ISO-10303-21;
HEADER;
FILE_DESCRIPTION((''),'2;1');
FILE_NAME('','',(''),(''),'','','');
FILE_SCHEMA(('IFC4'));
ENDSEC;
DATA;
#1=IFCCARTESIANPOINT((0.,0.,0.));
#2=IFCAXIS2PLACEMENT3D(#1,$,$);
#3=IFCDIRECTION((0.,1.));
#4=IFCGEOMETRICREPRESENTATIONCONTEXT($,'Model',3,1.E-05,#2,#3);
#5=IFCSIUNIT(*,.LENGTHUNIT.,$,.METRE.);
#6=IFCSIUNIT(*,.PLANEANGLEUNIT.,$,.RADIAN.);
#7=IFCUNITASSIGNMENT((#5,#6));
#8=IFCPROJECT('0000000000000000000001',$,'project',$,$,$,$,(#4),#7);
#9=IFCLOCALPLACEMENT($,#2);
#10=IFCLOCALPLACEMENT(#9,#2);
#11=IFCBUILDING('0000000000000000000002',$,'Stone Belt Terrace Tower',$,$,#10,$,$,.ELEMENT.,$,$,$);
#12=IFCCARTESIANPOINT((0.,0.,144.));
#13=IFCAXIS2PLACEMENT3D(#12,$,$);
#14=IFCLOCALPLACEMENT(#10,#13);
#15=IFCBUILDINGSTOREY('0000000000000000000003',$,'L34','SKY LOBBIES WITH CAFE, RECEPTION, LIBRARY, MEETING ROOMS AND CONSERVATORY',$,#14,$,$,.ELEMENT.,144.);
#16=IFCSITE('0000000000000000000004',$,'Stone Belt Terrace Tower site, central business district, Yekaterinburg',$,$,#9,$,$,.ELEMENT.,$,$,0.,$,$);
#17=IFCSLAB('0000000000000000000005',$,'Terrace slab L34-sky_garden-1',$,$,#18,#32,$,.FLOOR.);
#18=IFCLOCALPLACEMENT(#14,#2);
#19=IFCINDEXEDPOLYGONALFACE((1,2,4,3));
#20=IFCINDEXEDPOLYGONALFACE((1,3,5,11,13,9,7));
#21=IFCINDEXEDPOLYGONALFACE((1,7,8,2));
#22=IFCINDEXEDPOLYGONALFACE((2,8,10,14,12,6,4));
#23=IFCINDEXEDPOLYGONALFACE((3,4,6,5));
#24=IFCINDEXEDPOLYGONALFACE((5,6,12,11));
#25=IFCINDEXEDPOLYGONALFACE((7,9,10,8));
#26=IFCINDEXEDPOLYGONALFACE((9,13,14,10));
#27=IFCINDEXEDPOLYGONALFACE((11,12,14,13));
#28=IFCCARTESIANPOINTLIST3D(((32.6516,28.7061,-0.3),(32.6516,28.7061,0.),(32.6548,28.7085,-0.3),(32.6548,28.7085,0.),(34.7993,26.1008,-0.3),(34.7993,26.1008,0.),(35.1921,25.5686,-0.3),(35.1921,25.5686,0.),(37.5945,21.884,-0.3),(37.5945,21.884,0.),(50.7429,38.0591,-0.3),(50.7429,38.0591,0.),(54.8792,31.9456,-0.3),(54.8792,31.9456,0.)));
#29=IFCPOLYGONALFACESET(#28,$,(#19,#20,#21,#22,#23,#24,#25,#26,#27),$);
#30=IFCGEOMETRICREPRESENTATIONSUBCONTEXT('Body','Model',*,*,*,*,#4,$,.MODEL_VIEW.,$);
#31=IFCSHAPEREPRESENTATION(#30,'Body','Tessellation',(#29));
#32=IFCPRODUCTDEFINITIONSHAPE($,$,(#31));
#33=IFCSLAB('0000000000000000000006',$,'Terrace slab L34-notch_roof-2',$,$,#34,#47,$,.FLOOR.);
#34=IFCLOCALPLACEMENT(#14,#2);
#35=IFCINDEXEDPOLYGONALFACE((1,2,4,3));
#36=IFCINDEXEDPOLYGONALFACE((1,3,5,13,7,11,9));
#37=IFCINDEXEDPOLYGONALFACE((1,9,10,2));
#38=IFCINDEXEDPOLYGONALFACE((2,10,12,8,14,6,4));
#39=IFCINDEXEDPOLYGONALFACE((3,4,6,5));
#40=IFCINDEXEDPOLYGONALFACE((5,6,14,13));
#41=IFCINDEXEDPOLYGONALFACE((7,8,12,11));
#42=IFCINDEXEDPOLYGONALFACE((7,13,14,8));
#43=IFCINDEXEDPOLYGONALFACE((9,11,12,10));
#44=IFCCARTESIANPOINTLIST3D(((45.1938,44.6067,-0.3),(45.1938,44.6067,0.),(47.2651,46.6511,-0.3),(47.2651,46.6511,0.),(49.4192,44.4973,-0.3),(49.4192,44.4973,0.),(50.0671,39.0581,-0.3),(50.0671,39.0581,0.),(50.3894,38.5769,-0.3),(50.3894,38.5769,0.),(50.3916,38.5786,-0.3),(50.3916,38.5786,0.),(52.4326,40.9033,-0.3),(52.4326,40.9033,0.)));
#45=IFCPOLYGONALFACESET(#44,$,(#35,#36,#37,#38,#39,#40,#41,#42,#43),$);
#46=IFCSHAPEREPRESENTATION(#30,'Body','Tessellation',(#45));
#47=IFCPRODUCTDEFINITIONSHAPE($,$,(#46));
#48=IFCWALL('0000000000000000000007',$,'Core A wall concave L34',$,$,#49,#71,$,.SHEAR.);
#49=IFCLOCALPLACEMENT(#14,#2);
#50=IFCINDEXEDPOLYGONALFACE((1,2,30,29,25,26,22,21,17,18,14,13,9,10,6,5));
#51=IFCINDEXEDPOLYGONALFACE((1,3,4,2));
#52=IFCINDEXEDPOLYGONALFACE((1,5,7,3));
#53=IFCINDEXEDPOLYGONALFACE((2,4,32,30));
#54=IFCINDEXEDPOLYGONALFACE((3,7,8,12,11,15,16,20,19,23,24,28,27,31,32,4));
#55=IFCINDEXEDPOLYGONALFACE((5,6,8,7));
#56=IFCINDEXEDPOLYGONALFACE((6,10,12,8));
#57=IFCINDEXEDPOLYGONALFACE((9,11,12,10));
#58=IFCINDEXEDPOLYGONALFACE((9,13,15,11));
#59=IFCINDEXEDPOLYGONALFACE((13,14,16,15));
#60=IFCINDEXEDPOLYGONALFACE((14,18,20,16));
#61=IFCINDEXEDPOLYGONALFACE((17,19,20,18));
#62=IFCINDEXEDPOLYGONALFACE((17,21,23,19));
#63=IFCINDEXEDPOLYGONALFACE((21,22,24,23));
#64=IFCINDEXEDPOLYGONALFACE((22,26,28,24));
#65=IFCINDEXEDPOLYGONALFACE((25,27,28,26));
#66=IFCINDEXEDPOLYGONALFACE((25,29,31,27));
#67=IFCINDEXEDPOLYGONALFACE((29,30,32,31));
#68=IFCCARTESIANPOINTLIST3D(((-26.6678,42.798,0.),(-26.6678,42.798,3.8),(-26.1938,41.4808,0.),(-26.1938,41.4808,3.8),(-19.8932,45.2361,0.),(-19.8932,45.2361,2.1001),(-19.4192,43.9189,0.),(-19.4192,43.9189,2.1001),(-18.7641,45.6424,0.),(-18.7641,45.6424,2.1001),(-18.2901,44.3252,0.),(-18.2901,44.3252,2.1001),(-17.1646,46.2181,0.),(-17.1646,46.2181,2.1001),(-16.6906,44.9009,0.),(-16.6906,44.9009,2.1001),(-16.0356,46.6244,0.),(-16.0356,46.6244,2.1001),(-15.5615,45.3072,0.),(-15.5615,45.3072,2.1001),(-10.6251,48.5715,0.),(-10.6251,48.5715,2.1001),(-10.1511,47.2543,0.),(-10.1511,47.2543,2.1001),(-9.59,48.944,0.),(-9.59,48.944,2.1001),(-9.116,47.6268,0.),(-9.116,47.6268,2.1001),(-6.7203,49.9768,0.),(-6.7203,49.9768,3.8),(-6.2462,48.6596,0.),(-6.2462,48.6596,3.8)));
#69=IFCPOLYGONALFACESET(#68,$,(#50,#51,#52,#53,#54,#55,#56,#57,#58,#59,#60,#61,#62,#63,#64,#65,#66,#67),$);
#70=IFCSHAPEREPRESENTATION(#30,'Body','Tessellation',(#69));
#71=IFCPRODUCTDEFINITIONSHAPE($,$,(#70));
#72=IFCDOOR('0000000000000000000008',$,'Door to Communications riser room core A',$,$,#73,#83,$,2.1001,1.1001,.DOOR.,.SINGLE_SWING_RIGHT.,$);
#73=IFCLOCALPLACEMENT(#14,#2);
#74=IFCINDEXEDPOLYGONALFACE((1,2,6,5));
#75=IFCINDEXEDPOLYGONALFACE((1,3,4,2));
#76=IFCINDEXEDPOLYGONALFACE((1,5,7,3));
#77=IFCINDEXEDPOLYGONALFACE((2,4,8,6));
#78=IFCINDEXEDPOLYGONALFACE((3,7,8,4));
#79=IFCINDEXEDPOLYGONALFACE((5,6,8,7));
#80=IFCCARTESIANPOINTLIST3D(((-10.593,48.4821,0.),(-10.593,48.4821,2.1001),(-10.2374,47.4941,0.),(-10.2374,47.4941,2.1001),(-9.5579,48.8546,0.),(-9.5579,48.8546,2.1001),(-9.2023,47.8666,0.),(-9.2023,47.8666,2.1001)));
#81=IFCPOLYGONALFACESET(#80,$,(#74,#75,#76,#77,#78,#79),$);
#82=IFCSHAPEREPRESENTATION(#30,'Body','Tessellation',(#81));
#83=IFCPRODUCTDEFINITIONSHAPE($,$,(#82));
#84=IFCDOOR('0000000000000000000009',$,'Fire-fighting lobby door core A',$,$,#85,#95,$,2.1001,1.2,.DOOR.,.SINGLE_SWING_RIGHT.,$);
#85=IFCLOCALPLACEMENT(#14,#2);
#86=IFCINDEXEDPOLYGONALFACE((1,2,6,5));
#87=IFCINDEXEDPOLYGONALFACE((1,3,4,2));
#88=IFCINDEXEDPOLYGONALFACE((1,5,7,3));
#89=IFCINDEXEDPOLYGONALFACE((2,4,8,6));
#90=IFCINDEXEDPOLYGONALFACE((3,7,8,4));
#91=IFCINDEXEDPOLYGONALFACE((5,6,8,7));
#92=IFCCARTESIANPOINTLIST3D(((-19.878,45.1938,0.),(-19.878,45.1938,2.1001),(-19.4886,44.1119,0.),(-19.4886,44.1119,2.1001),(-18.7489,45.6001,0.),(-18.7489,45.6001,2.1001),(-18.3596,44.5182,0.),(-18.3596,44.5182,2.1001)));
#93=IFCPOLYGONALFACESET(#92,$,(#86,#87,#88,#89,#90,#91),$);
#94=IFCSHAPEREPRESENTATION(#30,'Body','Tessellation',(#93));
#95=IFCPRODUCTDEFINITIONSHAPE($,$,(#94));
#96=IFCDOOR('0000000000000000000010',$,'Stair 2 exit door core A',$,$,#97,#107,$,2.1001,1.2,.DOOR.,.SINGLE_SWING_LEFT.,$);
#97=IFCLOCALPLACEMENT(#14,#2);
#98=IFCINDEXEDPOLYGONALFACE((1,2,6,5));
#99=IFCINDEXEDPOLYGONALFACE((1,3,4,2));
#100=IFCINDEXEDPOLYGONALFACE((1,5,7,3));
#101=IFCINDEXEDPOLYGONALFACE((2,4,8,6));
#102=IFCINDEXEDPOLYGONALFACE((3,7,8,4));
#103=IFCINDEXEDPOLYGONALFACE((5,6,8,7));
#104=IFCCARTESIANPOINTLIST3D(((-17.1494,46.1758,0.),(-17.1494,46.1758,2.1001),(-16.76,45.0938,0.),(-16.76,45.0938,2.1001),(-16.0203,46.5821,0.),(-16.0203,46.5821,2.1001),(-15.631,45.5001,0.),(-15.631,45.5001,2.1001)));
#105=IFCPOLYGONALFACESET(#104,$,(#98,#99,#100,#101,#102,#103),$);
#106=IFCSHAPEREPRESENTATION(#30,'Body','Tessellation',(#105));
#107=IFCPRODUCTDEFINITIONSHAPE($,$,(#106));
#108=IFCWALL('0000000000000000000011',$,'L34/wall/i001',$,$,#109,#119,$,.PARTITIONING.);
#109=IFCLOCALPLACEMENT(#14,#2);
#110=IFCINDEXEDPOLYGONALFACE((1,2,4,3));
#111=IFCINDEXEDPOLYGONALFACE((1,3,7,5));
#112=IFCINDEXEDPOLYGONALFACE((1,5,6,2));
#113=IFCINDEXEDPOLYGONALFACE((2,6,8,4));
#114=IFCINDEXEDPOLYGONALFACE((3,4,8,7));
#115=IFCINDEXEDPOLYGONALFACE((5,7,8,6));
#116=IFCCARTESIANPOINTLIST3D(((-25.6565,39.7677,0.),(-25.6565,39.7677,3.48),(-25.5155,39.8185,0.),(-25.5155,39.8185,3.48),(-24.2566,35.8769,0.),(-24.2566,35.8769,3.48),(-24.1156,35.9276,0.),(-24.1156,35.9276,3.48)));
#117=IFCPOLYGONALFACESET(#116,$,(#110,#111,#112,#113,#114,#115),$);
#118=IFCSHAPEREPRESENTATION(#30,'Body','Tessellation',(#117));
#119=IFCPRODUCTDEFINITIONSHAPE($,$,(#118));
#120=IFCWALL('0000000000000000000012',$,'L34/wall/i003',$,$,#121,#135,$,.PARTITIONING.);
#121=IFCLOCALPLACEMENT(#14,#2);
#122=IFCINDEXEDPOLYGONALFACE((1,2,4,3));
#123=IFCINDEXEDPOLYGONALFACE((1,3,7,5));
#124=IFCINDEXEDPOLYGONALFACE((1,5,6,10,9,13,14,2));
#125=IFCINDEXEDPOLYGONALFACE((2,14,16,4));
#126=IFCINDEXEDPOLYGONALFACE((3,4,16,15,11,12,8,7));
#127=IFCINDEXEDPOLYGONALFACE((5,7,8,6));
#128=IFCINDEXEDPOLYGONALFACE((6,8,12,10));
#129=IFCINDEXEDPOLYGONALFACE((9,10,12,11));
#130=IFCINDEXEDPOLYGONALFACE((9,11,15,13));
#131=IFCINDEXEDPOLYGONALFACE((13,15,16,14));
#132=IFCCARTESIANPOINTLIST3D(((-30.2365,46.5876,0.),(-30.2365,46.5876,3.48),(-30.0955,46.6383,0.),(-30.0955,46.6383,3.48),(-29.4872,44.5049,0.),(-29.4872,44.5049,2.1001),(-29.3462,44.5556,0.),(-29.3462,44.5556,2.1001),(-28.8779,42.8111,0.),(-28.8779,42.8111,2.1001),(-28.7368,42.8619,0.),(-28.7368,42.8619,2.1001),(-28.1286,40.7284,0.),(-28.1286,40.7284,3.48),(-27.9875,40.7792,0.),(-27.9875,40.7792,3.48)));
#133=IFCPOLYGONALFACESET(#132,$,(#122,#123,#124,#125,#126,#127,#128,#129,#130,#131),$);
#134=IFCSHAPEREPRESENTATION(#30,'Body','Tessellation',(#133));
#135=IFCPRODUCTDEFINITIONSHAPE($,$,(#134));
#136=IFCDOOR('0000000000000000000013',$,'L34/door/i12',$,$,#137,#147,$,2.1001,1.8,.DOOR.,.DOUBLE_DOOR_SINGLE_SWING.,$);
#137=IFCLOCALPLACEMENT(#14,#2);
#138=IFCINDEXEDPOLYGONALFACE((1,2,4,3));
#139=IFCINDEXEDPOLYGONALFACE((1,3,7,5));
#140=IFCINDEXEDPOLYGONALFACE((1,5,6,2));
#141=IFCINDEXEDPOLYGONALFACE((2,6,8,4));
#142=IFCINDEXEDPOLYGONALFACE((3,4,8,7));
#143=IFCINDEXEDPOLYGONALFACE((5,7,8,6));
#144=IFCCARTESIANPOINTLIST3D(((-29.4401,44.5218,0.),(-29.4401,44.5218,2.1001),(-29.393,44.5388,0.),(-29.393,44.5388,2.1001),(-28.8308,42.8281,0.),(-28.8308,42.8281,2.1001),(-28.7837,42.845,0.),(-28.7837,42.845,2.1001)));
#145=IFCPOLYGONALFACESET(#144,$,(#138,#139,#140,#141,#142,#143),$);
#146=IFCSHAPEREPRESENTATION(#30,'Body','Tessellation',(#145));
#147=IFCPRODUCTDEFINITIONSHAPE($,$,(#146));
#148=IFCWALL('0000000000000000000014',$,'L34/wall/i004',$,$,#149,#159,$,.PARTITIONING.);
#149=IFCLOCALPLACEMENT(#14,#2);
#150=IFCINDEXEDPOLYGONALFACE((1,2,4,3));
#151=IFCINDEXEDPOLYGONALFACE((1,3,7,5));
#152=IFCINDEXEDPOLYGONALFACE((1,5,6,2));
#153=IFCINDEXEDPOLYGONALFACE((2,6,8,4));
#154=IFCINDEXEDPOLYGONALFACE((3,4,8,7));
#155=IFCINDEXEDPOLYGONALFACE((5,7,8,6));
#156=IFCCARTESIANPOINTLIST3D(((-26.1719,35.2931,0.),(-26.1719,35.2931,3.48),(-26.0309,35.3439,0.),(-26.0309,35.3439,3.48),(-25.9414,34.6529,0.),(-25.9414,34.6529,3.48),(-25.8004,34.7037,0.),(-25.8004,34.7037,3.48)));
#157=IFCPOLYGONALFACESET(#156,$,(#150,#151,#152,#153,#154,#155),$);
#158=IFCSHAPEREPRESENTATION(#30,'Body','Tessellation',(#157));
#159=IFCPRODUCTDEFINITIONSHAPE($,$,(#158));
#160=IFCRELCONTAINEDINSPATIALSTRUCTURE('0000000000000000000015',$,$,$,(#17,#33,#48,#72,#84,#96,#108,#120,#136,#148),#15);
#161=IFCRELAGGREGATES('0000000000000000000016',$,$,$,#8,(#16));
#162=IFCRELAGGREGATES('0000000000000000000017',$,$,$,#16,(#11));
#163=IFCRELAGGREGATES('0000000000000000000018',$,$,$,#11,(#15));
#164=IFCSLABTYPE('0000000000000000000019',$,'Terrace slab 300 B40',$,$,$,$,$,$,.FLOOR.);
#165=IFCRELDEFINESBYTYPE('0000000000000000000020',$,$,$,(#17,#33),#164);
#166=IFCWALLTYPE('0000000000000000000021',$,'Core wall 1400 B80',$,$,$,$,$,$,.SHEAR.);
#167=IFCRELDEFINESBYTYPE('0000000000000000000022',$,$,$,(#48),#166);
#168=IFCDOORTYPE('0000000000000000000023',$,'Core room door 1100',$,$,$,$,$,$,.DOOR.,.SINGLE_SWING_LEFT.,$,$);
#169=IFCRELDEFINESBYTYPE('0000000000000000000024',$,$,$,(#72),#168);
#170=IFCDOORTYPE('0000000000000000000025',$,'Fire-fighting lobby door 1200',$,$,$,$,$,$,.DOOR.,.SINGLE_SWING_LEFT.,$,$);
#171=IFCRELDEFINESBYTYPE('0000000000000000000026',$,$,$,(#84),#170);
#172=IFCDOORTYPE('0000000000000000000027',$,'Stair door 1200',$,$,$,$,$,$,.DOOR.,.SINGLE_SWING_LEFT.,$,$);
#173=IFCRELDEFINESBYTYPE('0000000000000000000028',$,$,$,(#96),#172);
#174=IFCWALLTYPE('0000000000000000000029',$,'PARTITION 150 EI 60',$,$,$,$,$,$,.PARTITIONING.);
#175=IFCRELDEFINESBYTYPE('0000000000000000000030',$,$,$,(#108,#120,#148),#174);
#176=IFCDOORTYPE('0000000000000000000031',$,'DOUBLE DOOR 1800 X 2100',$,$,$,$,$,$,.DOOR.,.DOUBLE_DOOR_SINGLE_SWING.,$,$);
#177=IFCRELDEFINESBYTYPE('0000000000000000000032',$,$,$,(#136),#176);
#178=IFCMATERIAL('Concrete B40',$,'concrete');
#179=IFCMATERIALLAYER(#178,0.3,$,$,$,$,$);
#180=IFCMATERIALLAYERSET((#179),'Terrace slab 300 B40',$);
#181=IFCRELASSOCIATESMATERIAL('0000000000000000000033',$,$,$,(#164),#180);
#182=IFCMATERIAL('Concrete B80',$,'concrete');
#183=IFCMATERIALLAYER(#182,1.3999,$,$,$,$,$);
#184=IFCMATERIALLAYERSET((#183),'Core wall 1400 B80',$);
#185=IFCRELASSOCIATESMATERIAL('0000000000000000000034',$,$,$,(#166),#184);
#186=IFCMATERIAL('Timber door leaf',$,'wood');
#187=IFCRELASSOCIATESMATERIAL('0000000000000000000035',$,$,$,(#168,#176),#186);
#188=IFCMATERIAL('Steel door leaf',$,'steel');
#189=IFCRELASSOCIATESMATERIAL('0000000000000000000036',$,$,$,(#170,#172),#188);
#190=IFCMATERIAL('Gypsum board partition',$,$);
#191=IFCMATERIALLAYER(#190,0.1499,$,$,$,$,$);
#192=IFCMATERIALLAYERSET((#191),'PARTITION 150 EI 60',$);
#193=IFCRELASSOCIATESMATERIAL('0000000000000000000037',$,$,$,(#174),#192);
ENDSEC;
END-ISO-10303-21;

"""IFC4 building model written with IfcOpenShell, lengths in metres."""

from ifc_helpers import new_model, si_unit, direction, frame, frame_2d, origin, place, context, subcontext, project, spatial, polyline, rectangle, outline, extrude, material, layer, layer_set, type_object, element, fill, save


model = new_model("IFC4")

# Units and contexts
model_context = context("Model", 3, precision=1e-05, world=origin(), true_north=direction((0.0, 1.0)))
body_context = subcontext(model_context, "Body", "Model", "MODEL_VIEW")
ifc_project = project(units=[si_unit("LENGTHUNIT", "METRE"), si_unit("PLANEANGLEUNIT", "RADIAN")], contexts=[model_context])

# Site, building, storey
site_placement = place(None, origin())
site = spatial("IfcSite", under=ifc_project, at=site_placement, Name="Stone Belt Terrace Tower site, central business district, Yekaterinburg", CompositionType="ELEMENT", RefElevation=0.0)
building_placement = place(site_placement, origin())
building = spatial("IfcBuilding", under=site, at=building_placement, Name="Stone Belt Terrace Tower", CompositionType="ELEMENT")
storey_placement = place(building_placement, frame((0.0, 0.0, 144.0)))
storey = spatial("IfcBuildingStorey", under=building, at=storey_placement, Name="L34", Description="SKY LOBBIES WITH CAFE, RECEPTION, LIBRARY, MEETING ROOMS AND CONSERVATORY", CompositionType="ELEMENT", Elevation=144.0)

# Shared definitions
ifc_material_1 = material(Name="Concrete B80", Category="concrete")

# Slabs
ifc_material_2 = material(Name="Concrete B40", Category="concrete")
ifc_layer_1 = layer(ifc_material_2, 0.3)
ifc_layer_set_1 = layer_set([ifc_layer_1], Name="Terrace slab 300 B40")
slab_type_1 = type_object("IfcSlabType", Name="Terrace slab 300 B40", PredefinedType="FLOOR", material=ifc_layer_set_1)
slab_1_placement = place(storey_placement, frame((0.0, 0.0, -0.3)))
element("IfcSlab", 1, at=slab_1_placement, inside=storey, type_object=slab_type_1, Name="Terrace slab L34-sky_garden-1", PredefinedType="FLOOR", context=body_context, shape_type="SweptSolid", body=[
    extrude(outline(polyline([(37.5945, 21.884), (54.8792, 31.9456), (50.7429, 38.0591), (34.7993, 26.1008), (32.6548, 28.7085), (32.6516, 28.7061), (35.1921, 25.5686), (37.5945, 21.884)])), origin(), (0.0, 0.0, 1.0), 0.3),
])
slab_2_placement = place(storey_placement, frame((0.0, 0.0, -0.3)))
element("IfcSlab", 2, at=slab_2_placement, inside=storey, type_object=slab_type_1, Name="Terrace slab L34-notch_roof-2", PredefinedType="FLOOR", context=body_context, shape_type="SweptSolid", body=[
    extrude(outline(polyline([(49.4192, 44.4973), (47.2651, 46.6511), (45.1938, 44.6067), (50.3894, 38.5769), (50.3916, 38.5786), (50.0671, 39.0581), (52.4326, 40.9033), (49.4192, 44.4973)])), origin(), (0.0, 0.0, 1.0), 0.3),
])

# Wall, openings, doors
ifc_layer_2 = layer(ifc_material_1, 1.3999)
ifc_layer_set_2 = layer_set([ifc_layer_2], Name="Core wall 1400 B80")
wall_type_1 = type_object("IfcWallType", Name="Core wall 1400 B80", PredefinedType="SHEAR", material=ifc_layer_set_2)
wall_1_placement = place(storey_placement, frame((-26.4309, 42.1394, 0.0), z_axis=(0.0, 0.0, 1.0), x_axis=(0.940923, 0.33862, 0.0)))
wall_1 = element("IfcWall", 3, at=wall_1_placement, inside=storey, type_object=wall_type_1, Name="Core A wall concave L34", PredefinedType="SHEAR", context=body_context, shape_type="SweptSolid", body=[
    extrude(rectangle(XDim=21.2, YDim=1.3999, at=frame_2d((10.6001, 0.0))), origin(), (0.0, 0.0, 1.0), 3.8),
])
opening_1_placement = place(wall_1_placement, frame((7.2, 0.0, 0.0)))
opening_1 = element("IfcOpeningElement", 4, at=opening_1_placement, cuts=wall_1, PredefinedType="OPENING", context=body_context, shape_type="SweptSolid", body=[
    extrude(rectangle(XDim=1.2, YDim=2.1001, at=frame_2d((0.6001, 1.05))), frame((0.0, 0.71, 0.0), z_axis=(0.0, -1.0, 0.0), x_axis=(1.0, 0.0, 0.0)), (0.0, 0.0, 1.0), 1.4199),
])
opening_2_placement = place(wall_1_placement, frame((10.0999, 0.0, 0.0)))
opening_2 = element("IfcOpeningElement", 5, at=opening_2_placement, cuts=wall_1, PredefinedType="OPENING", context=body_context, shape_type="SweptSolid", body=[
    extrude(rectangle(XDim=1.2, YDim=2.1001, at=frame_2d((0.6001, 1.05))), frame((0.0, 0.71, 0.0), z_axis=(0.0, -1.0, 0.0), x_axis=(1.0, 0.0, 0.0)), (0.0, 0.0, 1.0), 1.4199),
])
opening_3_placement = place(wall_1_placement, frame((17.05, 0.0, 0.0)))
opening_3 = element("IfcOpeningElement", 6, at=opening_3_placement, cuts=wall_1, PredefinedType="OPENING", context=body_context, shape_type="SweptSolid", body=[
    extrude(rectangle(XDim=1.1001, YDim=2.1001, at=frame_2d((0.55, 1.05))), frame((0.0, 0.71, 0.0), z_axis=(0.0, -1.0, 0.0), x_axis=(1.0, 0.0, 0.0)), (0.0, 0.0, 1.0), 1.4199),
])
ifc_material_3 = material(Name="Timber door leaf", Category="wood")
door_type_1 = type_object("IfcDoorType", Name="Core room door 1100", OperationType="SINGLE_SWING_LEFT", PredefinedType="DOOR", material=ifc_material_3)
door_1_placement = place(opening_3_placement, origin())
door_1 = element("IfcDoor", 7, at=door_1_placement, inside=storey, type_object=door_type_1, Name="Door to Communications riser room core A", OperationType="SINGLE_SWING_RIGHT", OverallHeight=2.1001, OverallWidth=1.1001, PredefinedType="DOOR", context=body_context, shape_type="SweptSolid", body=[
    extrude(rectangle(XDim=1.1001, YDim=2.1001, at=frame_2d((0.55, 1.05))), frame((0.0, 0.605, 0.0), z_axis=(0.0, -1.0, 0.0), x_axis=(1.0, 0.0, 0.0)), (0.0, 0.0, 1.0), 1.05),
])
fill(opening_3, door_1)
ifc_material_4 = material(Name="Steel door leaf", Category="steel")
door_type_2 = type_object("IfcDoorType", Name="Fire-fighting lobby door 1200", OperationType="SINGLE_SWING_LEFT", PredefinedType="DOOR", material=ifc_material_4)
door_2_placement = place(opening_1_placement, origin())
door_2 = element("IfcDoor", 8, at=door_2_placement, inside=storey, type_object=door_type_2, Name="Fire-fighting lobby door core A", OperationType="SINGLE_SWING_RIGHT", OverallHeight=2.1001, OverallWidth=1.2, PredefinedType="DOOR", context=body_context, shape_type="SweptSolid", body=[
    extrude(rectangle(XDim=1.2, YDim=2.1001, at=frame_2d((0.6001, 1.05))), frame((0.0, 0.655, 0.0), z_axis=(0.0, -1.0, 0.0), x_axis=(1.0, 0.0, 0.0)), (0.0, 0.0, 1.0), 1.1499),
])
fill(opening_1, door_2)
door_type_3 = type_object("IfcDoorType", Name="Stair door 1200", OperationType="SINGLE_SWING_LEFT", PredefinedType="DOOR", material=ifc_material_4)
door_3_placement = place(opening_2_placement, origin())
door_3 = element("IfcDoor", 9, at=door_3_placement, inside=storey, type_object=door_type_3, Name="Stair 2 exit door core A", OperationType="SINGLE_SWING_LEFT", OverallHeight=2.1001, OverallWidth=1.2, PredefinedType="DOOR", context=body_context, shape_type="SweptSolid", body=[
    extrude(rectangle(XDim=1.2, YDim=2.1001, at=frame_2d((0.6001, 1.05))), frame((0.0, 0.655, 0.0), z_axis=(0.0, -1.0, 0.0), x_axis=(1.0, 0.0, 0.0)), (0.0, 0.0, 1.0), 1.1499),
])
fill(opening_2, door_3)

# Wall
ifc_material_5 = material(Name="Gypsum board partition")
ifc_layer_3 = layer(ifc_material_5, 0.1499)
ifc_layer_set_3 = layer_set([ifc_layer_3], Name="PARTITION 150 EI 60")
wall_type_2 = type_object("IfcWallType", Name="PARTITION 150 EI 60", PredefinedType="PARTITIONING", material=ifc_layer_set_3)
wall_2_placement = place(storey_placement, frame((-25.5859, 39.793, 0.0), z_axis=(0.0, 0.0, 1.0), x_axis=(0.338546, -0.94095, 0.0)))
element("IfcWall", 10, at=wall_2_placement, inside=storey, type_object=wall_type_2, Name="L34/wall/i001", PredefinedType="PARTITIONING", context=body_context, shape_type="SweptSolid", body=[
    extrude(rectangle(XDim=4.135, YDim=0.1499, at=frame_2d((2.0674, 0.0))), origin(), (0.0, 0.0, 1.0), 3.48),
])

# Wall, opening, door
wall_3_placement = place(storey_placement, frame((-28.0581, 40.7539, 0.0), z_axis=(0.0, 0.0, 1.0), x_axis=(-0.338524, 0.940958, 0.0)))
wall_3 = element("IfcWall", 11, at=wall_3_placement, inside=storey, type_object=wall_type_2, Name="L34/wall/i003", PredefinedType="PARTITIONING", context=body_context, shape_type="SweptSolid", body=[
    extrude(rectangle(XDim=6.2268, YDim=0.1499, at=frame_2d((3.1133, 0.0))), origin(), (0.0, 0.0, 1.0), 3.48),
])
opening_4_placement = place(wall_3_placement, frame((2.2134, 0.0, 0.0)))
opening_4 = element("IfcOpeningElement", 12, at=opening_4_placement, cuts=wall_3, PredefinedType="OPENING", context=body_context, shape_type="SweptSolid", body=[
    extrude(rectangle(XDim=1.8, YDim=2.1001, at=frame_2d((0.8999, 1.05))), frame((0.0, 0.085, 0.0), z_axis=(0.0, -1.0, 0.0), x_axis=(1.0, 0.0, 0.0)), (0.0, 0.0, 1.0), 0.1699),
])
door_type_4 = type_object("IfcDoorType", Name="DOUBLE DOOR 1800 X 2100", OperationType="DOUBLE_DOOR_SINGLE_SWING", PredefinedType="DOOR", material=ifc_material_3)
door_4_placement = place(opening_4_placement, origin())
door_4 = element("IfcDoor", 13, at=door_4_placement, inside=storey, type_object=door_type_4, Name="L34/door/i12", OperationType="DOUBLE_DOOR_SINGLE_SWING", OverallHeight=2.1001, OverallWidth=1.8, PredefinedType="DOOR", context=body_context, shape_type="SweptSolid", body=[
    extrude(rectangle(XDim=1.8, YDim=2.1001, at=frame_2d((0.8999, 1.05))), frame((0.0, 0.0249, 0.0), z_axis=(0.0, -1.0, 0.0), x_axis=(1.0, 0.0, 0.0)), (0.0, 0.0, 1.0), 0.05),
])
fill(opening_4, door_4)

# Wall
wall_4_placement = place(storey_placement, frame((-25.8708, 34.6782, 0.0), z_axis=(0.0, 0.0, 1.0), x_axis=(-0.338745, 0.940878, 0.0)))
element("IfcWall", 14, at=wall_4_placement, inside=storey, type_object=wall_type_2, Name="L34/wall/i004", PredefinedType="PARTITIONING", context=body_context, shape_type="SweptSolid", body=[
    extrude(rectangle(XDim=0.6804, YDim=0.1499, at=frame_2d((0.3403, 0.0))), origin(), (0.0, 0.0, 1.0), 3.48),
])

save(model, "model.ifc")
